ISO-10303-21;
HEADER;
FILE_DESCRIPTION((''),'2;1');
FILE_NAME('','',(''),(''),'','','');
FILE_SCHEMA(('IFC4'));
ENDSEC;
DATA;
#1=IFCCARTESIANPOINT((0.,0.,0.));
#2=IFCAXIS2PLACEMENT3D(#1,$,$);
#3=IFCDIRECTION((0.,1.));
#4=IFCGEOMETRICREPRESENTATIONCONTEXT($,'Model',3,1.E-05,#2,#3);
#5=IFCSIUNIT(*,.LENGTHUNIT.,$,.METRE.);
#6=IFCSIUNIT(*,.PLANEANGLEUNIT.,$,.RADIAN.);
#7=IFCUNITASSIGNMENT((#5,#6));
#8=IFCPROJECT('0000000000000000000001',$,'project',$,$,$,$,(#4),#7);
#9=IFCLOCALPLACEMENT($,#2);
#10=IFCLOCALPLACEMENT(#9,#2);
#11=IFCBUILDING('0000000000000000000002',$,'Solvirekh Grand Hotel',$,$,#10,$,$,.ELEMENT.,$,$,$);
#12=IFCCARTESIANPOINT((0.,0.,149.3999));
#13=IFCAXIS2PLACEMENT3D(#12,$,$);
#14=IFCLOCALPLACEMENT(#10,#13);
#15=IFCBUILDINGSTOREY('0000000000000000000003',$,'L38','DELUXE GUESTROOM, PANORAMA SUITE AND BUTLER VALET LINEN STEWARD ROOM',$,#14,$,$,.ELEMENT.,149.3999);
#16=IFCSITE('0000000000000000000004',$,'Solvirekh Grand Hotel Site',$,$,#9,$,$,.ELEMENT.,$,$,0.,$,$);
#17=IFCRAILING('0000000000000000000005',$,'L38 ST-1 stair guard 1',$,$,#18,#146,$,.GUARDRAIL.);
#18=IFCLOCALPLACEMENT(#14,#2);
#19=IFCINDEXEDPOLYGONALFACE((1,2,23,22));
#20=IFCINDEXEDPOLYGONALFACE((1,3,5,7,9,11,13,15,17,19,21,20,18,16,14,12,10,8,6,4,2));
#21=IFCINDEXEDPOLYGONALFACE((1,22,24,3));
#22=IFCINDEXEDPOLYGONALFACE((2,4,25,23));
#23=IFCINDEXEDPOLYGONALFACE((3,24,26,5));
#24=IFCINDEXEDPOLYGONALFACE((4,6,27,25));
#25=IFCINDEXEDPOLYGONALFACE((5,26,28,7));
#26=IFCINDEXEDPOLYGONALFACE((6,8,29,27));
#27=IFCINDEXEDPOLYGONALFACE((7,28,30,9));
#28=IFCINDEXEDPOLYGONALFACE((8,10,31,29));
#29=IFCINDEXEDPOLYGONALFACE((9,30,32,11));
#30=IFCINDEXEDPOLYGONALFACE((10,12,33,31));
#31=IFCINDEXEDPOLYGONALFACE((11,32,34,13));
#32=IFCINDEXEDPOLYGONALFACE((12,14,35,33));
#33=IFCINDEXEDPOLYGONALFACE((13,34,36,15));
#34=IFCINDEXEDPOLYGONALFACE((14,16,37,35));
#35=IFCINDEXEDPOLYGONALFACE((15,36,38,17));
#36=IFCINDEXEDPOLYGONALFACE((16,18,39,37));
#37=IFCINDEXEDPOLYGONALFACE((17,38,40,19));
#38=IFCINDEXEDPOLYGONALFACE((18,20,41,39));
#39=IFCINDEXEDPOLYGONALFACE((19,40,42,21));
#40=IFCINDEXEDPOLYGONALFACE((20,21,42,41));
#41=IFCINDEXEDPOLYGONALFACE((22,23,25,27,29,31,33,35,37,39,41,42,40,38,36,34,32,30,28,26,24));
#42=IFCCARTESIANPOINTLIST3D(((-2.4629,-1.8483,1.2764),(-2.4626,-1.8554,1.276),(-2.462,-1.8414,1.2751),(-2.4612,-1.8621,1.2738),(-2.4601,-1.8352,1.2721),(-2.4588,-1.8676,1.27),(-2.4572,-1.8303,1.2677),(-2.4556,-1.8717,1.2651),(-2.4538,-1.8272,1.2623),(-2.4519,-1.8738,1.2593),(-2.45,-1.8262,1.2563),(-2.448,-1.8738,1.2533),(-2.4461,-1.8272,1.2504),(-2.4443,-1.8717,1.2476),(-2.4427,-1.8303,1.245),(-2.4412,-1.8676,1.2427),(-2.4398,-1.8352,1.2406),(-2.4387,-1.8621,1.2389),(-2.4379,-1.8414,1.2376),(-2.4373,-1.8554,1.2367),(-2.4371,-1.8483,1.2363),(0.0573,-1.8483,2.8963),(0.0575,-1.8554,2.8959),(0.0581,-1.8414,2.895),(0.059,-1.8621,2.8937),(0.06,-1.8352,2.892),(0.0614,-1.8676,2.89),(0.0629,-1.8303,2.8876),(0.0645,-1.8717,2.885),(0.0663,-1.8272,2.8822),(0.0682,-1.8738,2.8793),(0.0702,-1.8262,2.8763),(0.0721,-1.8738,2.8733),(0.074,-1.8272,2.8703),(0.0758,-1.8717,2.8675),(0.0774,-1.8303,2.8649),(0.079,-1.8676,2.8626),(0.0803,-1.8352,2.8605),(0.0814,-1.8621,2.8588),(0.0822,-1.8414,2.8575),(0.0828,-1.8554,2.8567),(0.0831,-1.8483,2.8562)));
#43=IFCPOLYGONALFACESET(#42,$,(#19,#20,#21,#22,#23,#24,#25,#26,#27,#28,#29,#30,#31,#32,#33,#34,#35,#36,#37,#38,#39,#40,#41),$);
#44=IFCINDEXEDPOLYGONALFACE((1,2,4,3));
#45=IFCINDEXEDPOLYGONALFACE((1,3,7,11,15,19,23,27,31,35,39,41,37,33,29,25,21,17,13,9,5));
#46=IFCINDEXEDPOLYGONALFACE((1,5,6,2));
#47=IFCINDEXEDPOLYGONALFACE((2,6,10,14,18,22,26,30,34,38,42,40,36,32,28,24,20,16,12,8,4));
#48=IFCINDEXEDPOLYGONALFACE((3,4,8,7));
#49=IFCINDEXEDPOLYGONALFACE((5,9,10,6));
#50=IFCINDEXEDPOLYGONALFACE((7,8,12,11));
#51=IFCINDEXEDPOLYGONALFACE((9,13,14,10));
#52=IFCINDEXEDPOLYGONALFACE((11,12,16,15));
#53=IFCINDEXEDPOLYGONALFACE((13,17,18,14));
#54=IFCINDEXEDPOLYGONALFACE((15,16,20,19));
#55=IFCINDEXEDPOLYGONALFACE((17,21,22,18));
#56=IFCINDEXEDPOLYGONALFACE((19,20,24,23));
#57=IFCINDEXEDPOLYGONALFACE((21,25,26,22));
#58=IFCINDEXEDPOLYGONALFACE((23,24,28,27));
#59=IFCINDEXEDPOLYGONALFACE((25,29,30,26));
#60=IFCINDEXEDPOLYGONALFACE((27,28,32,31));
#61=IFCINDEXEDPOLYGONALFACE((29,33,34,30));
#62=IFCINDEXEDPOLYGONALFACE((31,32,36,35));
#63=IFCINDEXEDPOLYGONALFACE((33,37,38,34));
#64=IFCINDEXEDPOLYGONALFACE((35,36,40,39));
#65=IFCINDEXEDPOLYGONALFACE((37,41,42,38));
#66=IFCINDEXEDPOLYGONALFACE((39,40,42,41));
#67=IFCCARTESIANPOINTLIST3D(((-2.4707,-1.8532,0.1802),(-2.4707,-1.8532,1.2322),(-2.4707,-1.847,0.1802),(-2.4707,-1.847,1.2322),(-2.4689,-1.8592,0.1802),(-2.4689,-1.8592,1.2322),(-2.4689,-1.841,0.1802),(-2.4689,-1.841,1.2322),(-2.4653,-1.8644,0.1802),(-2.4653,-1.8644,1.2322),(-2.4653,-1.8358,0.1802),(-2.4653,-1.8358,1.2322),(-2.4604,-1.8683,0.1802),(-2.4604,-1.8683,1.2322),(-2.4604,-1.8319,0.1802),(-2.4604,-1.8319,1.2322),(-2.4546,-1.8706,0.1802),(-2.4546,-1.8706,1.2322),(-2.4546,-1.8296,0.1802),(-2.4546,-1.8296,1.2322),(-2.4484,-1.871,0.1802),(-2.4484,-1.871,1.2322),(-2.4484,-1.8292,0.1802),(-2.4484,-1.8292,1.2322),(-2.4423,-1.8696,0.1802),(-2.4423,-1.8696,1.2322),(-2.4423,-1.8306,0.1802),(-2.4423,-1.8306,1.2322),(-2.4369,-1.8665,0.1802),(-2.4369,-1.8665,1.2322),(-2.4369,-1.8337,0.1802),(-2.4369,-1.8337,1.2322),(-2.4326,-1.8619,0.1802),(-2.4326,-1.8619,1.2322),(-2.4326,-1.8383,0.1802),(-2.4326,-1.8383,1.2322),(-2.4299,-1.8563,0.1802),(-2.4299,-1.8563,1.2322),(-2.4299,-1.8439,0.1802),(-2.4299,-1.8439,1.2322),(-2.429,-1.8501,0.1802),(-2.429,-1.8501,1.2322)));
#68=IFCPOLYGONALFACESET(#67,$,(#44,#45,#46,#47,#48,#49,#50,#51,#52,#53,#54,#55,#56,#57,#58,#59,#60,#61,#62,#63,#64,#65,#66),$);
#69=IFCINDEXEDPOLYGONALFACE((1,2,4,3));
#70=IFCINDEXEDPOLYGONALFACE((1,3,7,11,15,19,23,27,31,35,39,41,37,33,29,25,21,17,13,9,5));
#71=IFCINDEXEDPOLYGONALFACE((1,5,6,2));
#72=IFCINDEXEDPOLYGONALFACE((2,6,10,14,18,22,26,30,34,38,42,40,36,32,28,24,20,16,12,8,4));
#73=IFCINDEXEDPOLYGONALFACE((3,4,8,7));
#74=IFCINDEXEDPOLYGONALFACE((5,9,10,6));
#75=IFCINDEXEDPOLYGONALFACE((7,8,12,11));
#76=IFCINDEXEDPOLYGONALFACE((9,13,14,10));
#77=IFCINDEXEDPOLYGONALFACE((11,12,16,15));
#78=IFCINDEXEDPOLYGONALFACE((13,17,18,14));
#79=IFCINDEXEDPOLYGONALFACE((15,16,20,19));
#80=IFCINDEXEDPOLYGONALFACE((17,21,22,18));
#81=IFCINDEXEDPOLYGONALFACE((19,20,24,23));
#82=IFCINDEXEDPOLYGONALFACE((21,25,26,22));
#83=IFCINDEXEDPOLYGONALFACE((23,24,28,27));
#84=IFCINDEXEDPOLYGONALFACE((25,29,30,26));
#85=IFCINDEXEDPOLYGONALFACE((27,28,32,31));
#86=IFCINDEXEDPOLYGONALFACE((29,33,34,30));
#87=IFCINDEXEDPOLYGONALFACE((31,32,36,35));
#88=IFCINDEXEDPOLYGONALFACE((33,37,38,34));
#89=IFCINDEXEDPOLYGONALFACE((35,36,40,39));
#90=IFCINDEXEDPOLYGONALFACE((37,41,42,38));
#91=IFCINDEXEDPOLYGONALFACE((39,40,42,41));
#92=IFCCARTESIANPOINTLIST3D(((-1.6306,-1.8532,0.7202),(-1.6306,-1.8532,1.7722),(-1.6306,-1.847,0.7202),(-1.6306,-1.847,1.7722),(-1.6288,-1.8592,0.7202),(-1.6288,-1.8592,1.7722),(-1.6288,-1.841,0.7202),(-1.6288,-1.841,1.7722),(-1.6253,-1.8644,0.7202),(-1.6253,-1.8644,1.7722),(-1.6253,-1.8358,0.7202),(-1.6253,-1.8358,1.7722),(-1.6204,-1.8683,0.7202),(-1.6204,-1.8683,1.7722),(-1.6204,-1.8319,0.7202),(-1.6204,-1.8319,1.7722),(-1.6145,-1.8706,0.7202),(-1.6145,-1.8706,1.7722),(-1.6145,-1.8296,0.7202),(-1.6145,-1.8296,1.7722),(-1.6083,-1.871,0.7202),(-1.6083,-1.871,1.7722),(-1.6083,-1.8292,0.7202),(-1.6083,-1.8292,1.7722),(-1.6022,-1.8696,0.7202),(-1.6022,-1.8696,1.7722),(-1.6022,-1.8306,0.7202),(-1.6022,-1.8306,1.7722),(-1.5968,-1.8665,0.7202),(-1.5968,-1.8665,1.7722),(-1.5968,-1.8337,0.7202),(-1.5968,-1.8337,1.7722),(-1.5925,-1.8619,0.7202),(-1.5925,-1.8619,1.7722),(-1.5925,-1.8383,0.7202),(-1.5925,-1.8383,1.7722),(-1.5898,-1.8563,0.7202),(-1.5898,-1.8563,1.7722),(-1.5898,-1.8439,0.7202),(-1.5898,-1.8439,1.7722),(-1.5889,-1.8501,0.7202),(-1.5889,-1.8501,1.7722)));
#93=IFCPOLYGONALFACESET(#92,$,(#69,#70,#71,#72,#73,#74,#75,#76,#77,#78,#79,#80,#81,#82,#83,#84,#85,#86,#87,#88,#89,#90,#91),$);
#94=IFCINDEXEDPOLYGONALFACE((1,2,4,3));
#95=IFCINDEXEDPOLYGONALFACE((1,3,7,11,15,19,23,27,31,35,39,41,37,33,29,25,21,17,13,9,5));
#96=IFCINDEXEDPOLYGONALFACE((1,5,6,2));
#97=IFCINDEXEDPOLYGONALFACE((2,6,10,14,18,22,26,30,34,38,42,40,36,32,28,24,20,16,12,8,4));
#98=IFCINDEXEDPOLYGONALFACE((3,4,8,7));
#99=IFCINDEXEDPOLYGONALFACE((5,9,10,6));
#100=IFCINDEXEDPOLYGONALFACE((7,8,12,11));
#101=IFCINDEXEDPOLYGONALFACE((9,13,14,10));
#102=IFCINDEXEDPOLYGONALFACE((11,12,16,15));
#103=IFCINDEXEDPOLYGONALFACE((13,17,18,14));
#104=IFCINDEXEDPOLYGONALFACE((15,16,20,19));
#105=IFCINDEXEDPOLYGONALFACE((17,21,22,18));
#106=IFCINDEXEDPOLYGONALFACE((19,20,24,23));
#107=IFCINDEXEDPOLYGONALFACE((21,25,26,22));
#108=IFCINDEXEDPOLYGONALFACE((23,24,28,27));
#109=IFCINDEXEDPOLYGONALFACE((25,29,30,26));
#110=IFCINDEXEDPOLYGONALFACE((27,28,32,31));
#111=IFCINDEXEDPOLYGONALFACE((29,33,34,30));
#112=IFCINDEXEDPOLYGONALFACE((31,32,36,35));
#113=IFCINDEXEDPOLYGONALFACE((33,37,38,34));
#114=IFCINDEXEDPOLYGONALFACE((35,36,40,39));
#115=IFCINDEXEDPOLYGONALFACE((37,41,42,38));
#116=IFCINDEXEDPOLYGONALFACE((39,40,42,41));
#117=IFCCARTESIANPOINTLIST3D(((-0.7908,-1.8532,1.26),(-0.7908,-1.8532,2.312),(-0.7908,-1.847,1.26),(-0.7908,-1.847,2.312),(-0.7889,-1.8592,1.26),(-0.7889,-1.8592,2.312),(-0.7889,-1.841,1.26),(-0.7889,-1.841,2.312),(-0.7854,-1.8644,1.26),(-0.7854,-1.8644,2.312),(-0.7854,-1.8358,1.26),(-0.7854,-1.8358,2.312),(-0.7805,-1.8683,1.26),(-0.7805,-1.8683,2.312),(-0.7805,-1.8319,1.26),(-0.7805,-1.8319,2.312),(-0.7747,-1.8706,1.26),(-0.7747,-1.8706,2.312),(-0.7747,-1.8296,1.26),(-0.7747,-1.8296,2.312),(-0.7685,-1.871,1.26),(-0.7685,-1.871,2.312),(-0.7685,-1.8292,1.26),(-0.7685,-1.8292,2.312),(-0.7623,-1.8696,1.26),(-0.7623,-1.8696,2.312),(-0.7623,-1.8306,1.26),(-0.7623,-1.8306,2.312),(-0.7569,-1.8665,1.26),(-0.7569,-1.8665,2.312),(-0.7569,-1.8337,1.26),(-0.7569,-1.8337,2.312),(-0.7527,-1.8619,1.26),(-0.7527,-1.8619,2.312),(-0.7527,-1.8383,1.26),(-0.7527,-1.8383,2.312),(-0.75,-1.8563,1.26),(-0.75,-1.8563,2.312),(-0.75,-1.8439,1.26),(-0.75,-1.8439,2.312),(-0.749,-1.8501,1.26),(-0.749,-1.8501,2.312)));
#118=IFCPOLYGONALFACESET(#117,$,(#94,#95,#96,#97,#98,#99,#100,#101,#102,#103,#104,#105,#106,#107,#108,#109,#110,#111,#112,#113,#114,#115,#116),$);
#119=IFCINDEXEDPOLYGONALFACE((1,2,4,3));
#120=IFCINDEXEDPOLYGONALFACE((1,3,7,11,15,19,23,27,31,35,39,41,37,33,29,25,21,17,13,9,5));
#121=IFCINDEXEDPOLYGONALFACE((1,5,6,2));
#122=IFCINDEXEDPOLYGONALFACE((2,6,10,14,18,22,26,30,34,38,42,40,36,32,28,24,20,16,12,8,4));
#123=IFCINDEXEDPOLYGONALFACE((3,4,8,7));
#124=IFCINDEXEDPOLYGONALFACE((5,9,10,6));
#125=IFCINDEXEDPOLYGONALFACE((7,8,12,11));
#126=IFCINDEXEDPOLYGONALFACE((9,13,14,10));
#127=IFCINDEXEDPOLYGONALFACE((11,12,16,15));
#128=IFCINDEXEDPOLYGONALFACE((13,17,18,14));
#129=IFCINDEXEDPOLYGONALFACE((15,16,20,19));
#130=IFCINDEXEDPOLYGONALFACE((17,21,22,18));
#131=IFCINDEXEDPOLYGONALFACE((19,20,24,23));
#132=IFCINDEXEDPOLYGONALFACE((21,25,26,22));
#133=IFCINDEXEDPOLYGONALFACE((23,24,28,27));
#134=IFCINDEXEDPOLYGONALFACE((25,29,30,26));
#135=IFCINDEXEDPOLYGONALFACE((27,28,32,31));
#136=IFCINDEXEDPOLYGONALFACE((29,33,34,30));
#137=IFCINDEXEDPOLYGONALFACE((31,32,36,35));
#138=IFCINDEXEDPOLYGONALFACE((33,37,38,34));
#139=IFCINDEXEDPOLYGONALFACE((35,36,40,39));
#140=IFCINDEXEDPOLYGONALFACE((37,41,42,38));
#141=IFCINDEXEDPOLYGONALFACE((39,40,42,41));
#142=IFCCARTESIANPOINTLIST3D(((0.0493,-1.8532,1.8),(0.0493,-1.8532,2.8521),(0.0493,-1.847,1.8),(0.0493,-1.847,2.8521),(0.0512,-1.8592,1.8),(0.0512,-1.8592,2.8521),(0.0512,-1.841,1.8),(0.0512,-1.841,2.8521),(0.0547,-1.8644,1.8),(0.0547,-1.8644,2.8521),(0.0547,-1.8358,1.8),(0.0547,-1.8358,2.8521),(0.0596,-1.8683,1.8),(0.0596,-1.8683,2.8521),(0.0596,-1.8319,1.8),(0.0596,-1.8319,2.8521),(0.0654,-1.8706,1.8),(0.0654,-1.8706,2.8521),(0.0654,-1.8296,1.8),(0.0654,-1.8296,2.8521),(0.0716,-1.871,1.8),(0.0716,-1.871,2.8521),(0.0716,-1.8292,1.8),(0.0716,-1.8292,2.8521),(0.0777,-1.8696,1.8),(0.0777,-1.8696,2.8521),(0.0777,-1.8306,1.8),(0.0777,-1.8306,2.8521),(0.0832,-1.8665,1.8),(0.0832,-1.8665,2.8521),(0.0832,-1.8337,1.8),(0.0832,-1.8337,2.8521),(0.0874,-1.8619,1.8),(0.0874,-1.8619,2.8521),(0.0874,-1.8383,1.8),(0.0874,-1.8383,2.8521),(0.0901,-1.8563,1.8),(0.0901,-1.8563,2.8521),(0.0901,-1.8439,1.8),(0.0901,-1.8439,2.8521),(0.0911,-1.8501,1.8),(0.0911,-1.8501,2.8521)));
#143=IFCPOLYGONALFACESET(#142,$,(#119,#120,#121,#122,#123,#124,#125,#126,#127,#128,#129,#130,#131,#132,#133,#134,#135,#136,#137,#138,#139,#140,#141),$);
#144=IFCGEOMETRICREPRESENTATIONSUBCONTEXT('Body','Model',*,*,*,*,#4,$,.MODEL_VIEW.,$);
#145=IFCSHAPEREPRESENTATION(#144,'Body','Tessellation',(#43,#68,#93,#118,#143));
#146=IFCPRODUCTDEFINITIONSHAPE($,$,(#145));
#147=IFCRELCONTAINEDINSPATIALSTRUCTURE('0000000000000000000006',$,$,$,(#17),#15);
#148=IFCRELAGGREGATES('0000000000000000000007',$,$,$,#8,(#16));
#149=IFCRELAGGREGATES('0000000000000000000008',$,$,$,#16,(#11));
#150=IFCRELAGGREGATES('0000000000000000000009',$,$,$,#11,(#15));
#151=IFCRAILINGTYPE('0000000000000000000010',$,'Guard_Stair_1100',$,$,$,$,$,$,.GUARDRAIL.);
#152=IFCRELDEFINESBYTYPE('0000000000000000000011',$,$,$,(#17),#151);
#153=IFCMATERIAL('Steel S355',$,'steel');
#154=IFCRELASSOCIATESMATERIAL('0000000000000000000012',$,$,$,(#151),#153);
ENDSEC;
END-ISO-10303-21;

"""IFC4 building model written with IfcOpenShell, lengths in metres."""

from ifc_helpers import new_model, si_unit, direction, frame, origin, origin_2d, place, context, subcontext, project, spatial, circle, extrude, material, type_object, element, save


model = new_model("IFC4")

# Units and contexts
model_context = context("Model", 3, precision=1e-05, world=origin(), true_north=direction((0.0, 1.0)))
body_context = subcontext(model_context, "Body", "Model", "MODEL_VIEW")
ifc_project = project(units=[si_unit("LENGTHUNIT", "METRE"), si_unit("PLANEANGLEUNIT", "RADIAN")], contexts=[model_context])

# Site, building, storey
site_placement = place(None, origin())
site = spatial("IfcSite", under=ifc_project, at=site_placement, Name="Solvirekh Grand Hotel Site", CompositionType="ELEMENT", RefElevation=0.0)
building_placement = place(site_placement, origin())
building = spatial("IfcBuilding", under=site, at=building_placement, Name="Solvirekh Grand Hotel", CompositionType="ELEMENT")
storey_placement = place(building_placement, frame((0.0, 0.0, 149.3999)))
storey = spatial("IfcBuildingStorey", under=building, at=storey_placement, Name="L38", Description="DELUXE GUESTROOM, PANORAMA SUITE AND BUTLER VALET LINEN STEWARD ROOM", CompositionType="ELEMENT", Elevation=149.3999)

# Railing
ifc_material_1 = material(Name="Steel S355", Category="steel")
railing_type_1 = type_object("IfcRailingType", Name="Guard_Stair_1100", PredefinedType="GUARDRAIL", material=ifc_material_1)
railing_1_placement = place(storey_placement, frame((-2.45, -1.8501, 0.1802)))
element("IfcRailing", 1, at=railing_1_placement, inside=storey, type_object=railing_type_1, Name="L38 ST-1 stair guard 1", PredefinedType="GUARDRAIL", context=body_context, shape_type="SweptSolid", body=[
    extrude(circle(Radius=0.0239, at=origin_2d()), frame((0.0, 0.0, 1.0762), z_axis=(0.8412, 0.0, 0.540725), x_axis=(0.0, 1.0, 0.0)), (0.0, 0.0, 1.0), 2.9958),
    extrude(circle(Radius=0.021, at=origin_2d()), origin(), (0.0, 0.0, 1.0), 1.052),
    extrude(circle(Radius=0.021, at=origin_2d()), frame((0.8401, 0.0, 0.54)), (0.0, 0.0, 1.0), 1.052),
    extrude(circle(Radius=0.021, at=origin_2d()), frame((1.6799, 0.0, 1.0798)), (0.0, 0.0, 1.0), 1.052),
    extrude(circle(Radius=0.021, at=origin_2d()), frame((2.52, 0.0, 1.6199)), (0.0, 0.0, 1.0), 1.052),
])

save(model, "model.ifc")
